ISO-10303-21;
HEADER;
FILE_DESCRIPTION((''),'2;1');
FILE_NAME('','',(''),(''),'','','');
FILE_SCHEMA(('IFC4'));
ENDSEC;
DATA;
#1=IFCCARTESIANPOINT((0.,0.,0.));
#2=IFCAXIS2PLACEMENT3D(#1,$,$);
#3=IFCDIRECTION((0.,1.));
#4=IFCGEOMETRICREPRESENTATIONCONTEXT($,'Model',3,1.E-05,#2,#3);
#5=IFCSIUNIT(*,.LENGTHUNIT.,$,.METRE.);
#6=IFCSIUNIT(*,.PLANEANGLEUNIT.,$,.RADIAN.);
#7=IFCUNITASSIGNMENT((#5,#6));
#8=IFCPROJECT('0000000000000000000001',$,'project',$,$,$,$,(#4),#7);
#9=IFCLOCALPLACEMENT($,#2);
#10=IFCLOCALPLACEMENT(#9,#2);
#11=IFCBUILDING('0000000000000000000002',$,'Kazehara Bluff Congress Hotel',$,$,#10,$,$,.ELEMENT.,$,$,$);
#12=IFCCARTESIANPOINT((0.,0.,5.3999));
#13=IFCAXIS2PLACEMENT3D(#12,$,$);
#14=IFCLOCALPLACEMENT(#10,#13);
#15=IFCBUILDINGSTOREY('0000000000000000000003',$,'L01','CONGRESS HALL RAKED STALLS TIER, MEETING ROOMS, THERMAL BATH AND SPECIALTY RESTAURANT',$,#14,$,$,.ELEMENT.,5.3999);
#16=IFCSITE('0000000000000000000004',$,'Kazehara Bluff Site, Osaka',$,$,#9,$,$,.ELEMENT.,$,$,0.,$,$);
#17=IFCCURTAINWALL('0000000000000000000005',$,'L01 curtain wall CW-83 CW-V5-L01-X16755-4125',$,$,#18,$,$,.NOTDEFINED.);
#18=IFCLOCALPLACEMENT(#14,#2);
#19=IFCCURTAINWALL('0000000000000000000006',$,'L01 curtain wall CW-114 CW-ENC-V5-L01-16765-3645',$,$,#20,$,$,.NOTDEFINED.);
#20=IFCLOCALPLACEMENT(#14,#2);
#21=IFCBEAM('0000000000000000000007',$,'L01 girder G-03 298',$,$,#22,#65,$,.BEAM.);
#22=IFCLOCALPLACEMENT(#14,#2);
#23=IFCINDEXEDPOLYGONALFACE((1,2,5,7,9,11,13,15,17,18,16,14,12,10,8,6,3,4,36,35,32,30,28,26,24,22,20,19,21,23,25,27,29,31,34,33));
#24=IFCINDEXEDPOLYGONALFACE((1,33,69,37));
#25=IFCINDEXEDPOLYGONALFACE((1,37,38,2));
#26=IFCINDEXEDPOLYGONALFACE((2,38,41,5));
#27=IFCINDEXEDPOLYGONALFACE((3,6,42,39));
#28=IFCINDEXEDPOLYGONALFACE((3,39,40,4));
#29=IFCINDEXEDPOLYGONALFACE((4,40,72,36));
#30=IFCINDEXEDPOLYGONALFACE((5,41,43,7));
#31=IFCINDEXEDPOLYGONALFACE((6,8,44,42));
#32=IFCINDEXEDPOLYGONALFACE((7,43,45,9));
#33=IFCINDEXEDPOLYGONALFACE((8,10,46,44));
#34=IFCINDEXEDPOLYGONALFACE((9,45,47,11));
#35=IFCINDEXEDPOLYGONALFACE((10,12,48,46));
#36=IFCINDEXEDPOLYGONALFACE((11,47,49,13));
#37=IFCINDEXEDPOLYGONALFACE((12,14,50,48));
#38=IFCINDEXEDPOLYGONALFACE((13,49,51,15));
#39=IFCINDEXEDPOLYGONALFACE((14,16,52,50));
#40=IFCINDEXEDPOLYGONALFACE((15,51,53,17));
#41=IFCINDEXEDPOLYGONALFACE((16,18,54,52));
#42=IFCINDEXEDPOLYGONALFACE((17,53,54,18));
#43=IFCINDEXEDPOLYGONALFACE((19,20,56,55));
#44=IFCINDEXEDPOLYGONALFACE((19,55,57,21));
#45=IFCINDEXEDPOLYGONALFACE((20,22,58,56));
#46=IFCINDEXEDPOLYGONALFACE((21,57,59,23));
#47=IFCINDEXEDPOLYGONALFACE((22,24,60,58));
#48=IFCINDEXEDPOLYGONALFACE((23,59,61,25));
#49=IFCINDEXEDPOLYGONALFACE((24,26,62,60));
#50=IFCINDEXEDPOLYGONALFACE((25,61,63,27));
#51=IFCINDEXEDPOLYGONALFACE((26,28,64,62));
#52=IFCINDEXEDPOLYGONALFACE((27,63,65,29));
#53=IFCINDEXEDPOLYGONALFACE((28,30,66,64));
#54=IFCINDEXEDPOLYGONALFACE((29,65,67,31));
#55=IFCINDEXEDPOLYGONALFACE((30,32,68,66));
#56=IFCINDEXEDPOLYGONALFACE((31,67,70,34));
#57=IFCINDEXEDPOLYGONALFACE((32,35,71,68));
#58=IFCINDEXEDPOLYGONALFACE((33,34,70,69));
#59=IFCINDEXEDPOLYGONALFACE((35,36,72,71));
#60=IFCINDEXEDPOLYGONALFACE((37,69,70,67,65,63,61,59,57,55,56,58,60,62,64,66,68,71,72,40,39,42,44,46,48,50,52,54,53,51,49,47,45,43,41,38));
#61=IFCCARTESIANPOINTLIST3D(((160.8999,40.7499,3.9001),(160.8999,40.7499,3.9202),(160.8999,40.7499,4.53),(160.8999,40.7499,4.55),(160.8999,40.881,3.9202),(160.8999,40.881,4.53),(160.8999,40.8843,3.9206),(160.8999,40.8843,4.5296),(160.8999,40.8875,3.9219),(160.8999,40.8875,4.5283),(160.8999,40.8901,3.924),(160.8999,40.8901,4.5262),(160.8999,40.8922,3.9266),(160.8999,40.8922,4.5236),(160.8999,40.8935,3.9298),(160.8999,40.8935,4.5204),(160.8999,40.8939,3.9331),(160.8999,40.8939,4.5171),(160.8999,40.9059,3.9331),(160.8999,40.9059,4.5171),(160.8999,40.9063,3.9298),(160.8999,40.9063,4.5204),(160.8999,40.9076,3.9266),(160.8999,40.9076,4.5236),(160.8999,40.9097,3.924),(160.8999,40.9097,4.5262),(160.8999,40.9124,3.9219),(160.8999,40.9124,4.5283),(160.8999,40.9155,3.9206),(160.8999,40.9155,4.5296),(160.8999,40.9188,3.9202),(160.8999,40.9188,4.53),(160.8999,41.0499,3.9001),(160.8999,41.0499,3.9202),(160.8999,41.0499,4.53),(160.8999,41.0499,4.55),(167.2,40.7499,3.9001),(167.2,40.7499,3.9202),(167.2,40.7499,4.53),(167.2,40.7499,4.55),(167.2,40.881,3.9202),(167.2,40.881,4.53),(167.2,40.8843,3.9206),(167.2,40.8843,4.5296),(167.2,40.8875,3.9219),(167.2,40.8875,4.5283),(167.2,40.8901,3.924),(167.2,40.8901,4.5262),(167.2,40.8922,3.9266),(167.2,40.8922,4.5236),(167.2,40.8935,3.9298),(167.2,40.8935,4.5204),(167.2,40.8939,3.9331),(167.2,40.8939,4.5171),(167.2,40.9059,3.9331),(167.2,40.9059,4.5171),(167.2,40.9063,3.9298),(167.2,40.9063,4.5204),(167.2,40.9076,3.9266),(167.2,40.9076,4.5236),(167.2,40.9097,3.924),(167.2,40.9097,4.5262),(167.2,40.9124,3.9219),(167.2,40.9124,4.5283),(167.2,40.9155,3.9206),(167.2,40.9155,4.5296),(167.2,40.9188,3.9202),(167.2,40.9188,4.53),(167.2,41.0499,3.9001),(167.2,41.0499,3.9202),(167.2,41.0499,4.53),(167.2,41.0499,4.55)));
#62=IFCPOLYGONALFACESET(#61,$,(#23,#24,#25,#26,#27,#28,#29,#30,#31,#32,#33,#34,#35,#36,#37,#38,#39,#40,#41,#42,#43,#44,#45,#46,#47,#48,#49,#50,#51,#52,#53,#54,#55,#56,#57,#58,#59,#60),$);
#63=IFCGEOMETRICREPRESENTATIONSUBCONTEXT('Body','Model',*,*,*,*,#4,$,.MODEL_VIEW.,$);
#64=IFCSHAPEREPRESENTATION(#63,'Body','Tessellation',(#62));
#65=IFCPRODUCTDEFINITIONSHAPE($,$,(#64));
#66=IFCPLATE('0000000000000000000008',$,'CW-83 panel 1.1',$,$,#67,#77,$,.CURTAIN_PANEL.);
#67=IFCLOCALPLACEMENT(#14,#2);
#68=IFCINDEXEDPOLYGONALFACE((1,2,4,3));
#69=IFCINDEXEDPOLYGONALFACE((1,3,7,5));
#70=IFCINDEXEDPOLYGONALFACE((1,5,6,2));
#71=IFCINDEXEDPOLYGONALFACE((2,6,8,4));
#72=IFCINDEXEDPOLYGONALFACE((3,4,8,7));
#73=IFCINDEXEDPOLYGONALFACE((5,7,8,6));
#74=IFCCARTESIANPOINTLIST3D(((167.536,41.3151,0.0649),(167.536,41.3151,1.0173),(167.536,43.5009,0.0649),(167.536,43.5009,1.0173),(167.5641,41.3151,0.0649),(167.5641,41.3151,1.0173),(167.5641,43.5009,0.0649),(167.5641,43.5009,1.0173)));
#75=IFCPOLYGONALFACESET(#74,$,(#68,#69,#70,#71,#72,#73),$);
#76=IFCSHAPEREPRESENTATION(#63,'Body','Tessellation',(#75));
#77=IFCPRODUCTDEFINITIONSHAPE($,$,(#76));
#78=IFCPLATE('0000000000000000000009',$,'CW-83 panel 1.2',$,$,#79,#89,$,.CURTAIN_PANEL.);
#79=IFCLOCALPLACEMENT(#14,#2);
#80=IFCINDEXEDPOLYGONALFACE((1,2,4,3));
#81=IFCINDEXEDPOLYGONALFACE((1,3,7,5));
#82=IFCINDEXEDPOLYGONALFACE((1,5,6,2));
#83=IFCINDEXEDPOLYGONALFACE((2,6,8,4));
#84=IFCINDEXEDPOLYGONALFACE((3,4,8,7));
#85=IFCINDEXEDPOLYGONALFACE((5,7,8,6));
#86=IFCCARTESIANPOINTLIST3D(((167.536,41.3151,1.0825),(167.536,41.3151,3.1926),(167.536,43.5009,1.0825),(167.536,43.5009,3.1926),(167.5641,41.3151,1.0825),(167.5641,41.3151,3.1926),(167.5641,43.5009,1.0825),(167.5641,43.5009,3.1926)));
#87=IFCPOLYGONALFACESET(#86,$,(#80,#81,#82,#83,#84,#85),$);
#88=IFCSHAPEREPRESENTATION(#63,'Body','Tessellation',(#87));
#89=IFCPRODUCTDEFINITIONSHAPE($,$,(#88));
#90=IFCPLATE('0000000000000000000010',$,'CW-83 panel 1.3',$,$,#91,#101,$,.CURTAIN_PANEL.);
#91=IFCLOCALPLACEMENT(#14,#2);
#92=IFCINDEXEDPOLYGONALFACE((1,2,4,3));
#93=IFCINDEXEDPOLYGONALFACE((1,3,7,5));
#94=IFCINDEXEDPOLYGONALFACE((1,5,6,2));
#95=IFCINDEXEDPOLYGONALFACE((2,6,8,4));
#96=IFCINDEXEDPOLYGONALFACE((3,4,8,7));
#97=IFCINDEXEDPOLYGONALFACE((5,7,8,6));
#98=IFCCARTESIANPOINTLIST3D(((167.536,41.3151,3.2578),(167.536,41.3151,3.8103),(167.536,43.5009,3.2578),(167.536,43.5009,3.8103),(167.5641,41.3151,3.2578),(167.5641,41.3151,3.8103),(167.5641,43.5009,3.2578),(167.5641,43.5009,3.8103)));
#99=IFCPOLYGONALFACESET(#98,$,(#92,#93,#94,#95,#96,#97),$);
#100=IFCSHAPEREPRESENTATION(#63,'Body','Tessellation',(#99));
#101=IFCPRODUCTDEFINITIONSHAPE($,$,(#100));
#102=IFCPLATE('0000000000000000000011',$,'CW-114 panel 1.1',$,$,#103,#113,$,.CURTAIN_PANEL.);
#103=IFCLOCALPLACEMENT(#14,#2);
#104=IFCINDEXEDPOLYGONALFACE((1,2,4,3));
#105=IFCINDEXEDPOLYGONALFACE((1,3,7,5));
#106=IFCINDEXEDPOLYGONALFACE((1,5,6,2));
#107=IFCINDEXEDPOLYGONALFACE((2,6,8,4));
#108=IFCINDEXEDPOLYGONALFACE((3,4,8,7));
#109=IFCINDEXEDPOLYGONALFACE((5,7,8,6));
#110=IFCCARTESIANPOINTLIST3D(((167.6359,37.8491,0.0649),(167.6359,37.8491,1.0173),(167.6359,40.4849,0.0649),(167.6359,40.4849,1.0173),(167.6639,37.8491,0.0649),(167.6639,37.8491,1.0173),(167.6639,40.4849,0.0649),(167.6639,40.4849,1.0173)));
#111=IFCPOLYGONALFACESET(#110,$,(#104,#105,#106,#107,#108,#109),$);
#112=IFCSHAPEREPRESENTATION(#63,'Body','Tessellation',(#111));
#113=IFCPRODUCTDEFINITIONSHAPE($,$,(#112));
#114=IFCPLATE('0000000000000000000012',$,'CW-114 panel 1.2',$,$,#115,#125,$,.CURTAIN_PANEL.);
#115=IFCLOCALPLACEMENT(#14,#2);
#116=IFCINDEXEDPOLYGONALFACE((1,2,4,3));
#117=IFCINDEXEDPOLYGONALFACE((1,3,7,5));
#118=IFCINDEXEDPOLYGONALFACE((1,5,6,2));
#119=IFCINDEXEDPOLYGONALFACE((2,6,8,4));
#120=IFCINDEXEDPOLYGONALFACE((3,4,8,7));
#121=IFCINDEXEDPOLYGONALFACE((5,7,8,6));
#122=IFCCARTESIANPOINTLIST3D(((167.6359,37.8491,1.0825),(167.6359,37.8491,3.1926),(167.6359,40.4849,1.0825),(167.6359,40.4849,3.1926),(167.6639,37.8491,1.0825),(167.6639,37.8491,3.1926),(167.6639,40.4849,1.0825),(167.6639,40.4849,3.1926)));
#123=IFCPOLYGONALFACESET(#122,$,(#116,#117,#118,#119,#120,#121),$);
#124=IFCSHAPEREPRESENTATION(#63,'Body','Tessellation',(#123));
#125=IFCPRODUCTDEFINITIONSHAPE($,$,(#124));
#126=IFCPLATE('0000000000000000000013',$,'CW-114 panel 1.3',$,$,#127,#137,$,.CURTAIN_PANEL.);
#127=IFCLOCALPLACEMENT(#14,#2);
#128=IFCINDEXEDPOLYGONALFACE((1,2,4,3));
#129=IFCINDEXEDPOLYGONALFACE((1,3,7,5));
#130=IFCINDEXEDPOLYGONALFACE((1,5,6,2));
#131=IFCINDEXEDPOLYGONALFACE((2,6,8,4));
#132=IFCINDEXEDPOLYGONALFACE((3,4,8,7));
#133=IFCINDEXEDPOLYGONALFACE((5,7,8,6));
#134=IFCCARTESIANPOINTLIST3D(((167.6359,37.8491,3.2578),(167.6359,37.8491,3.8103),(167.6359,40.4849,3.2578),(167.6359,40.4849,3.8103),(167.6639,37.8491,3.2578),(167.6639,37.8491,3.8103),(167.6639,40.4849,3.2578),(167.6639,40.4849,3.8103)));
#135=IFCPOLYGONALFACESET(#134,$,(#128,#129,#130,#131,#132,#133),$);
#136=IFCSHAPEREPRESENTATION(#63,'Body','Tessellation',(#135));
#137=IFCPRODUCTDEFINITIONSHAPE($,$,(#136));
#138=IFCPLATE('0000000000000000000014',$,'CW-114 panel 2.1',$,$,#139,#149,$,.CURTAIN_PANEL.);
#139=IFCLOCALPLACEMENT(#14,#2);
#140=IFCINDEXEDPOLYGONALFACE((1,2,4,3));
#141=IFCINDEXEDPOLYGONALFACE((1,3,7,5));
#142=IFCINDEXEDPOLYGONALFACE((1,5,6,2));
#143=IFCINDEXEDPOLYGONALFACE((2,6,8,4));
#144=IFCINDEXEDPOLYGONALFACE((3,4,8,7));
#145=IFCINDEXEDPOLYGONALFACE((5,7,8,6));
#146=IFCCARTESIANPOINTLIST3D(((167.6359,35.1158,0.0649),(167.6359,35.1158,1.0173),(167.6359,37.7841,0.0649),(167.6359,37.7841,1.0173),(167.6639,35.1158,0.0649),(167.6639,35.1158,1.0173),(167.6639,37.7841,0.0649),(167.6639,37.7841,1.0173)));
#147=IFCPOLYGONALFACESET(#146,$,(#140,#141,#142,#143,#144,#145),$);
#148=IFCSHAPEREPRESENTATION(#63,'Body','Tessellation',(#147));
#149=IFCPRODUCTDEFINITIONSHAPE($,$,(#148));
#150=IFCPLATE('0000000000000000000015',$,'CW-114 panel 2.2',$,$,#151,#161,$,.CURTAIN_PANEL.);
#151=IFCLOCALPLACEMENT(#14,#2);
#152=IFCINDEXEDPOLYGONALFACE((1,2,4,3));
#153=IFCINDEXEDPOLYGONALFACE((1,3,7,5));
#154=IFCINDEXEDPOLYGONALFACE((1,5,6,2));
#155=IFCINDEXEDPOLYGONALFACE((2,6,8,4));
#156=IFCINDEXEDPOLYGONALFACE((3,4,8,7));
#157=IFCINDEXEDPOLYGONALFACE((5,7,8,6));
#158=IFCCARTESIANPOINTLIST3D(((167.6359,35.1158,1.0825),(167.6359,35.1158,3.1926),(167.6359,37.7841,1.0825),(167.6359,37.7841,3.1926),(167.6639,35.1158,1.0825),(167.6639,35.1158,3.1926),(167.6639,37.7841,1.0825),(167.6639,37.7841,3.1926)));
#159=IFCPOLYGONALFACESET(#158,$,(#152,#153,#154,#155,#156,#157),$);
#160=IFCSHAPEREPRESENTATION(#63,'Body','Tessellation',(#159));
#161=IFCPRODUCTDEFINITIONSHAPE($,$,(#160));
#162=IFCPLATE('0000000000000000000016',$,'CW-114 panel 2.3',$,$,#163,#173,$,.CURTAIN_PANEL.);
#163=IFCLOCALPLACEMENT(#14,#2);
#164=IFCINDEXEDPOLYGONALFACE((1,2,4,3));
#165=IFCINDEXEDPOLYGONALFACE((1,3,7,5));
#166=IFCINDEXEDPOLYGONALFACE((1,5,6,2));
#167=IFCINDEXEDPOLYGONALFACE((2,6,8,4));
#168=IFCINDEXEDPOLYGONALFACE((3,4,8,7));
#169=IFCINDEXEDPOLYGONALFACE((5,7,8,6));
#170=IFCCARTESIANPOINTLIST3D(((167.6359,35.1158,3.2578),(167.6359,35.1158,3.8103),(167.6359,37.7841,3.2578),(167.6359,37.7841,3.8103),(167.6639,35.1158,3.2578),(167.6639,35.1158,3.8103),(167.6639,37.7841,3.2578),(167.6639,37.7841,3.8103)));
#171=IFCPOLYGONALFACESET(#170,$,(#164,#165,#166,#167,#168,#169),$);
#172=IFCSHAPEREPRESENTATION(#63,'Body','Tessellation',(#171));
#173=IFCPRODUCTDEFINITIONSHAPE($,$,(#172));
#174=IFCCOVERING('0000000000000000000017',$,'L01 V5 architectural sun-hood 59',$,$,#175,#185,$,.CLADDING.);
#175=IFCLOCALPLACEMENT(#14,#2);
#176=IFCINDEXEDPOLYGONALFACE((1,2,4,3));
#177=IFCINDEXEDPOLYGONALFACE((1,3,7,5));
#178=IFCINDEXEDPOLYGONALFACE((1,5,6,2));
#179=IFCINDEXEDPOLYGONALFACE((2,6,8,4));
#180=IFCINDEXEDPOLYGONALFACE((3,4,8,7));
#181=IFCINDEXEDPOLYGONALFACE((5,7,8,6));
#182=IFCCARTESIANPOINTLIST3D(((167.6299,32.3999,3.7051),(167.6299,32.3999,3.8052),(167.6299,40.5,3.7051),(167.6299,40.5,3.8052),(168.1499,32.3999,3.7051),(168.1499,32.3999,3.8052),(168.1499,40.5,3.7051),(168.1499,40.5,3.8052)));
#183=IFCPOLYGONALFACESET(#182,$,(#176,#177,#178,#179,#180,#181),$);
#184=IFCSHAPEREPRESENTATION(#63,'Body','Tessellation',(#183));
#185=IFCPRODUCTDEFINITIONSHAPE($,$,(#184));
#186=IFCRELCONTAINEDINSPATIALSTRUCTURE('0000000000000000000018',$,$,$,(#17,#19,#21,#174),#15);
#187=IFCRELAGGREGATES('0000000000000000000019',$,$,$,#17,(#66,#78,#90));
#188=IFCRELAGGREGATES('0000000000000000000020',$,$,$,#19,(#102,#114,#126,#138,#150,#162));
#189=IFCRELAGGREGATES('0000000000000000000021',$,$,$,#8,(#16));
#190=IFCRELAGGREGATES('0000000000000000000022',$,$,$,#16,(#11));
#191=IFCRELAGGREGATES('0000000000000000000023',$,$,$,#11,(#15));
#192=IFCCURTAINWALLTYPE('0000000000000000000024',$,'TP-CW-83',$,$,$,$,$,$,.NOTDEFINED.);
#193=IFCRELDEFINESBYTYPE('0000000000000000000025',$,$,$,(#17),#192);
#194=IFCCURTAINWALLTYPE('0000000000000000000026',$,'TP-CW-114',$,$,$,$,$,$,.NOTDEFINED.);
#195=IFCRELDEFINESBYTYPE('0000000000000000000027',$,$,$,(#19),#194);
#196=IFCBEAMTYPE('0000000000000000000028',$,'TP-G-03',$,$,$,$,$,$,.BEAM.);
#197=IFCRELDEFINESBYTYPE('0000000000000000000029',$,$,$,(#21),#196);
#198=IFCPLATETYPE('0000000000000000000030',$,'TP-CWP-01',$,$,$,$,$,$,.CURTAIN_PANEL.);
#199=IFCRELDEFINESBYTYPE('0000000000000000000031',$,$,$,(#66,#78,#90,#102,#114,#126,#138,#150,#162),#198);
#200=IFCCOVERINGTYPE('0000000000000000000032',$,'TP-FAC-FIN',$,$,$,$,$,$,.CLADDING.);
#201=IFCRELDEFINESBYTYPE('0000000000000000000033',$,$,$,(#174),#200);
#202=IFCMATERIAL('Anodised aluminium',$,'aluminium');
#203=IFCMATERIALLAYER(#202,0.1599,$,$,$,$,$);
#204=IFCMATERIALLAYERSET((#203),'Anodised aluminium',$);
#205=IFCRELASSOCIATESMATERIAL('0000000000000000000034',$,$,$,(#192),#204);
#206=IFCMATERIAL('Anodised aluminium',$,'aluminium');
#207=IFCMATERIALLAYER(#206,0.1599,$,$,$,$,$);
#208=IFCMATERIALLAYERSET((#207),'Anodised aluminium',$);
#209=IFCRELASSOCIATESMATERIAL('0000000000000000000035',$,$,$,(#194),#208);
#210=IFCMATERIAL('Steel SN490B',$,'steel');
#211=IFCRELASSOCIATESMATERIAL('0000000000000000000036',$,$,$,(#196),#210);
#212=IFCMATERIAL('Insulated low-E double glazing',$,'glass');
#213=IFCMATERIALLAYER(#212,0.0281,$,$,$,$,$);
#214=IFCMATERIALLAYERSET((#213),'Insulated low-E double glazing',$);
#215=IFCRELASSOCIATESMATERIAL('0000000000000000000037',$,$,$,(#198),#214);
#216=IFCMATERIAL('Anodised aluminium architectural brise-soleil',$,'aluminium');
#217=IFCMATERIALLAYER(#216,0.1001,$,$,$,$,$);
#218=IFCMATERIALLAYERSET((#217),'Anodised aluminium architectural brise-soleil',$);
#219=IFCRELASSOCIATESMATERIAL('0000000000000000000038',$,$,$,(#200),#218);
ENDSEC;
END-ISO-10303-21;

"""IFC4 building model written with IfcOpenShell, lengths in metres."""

from ifc_helpers import new_model, si_unit, direction, frame, origin, origin_2d, place, context, subcontext, project, spatial, rectangle, i_section, extrude, material, layer, layer_set, material_profile, profile_set, type_object, element, aggregate, save


model = new_model("IFC4")

# Units and contexts
model_context = context("Model", 3, precision=1e-05, world=origin(), true_north=direction((0.0, 1.0)))
body_context = subcontext(model_context, "Body", "Model", "MODEL_VIEW")
ifc_project = project(units=[si_unit("LENGTHUNIT", "METRE"), si_unit("PLANEANGLEUNIT", "RADIAN")], contexts=[model_context])

# Site, building, storey
site_placement = place(None, origin())
site = spatial("IfcSite", under=ifc_project, at=site_placement, Name="Kazehara Bluff Site, Osaka", CompositionType="ELEMENT", RefElevation=0.0)
building_placement = place(site_placement, origin())
building = spatial("IfcBuilding", under=site, at=building_placement, Name="Kazehara Bluff Congress Hotel", CompositionType="ELEMENT")
storey_placement = place(building_placement, frame((0.0, 0.0, 5.3999)))
storey = spatial("IfcBuildingStorey", under=building, at=storey_placement, Name="L01", Description="CONGRESS HALL RAKED STALLS TIER, MEETING ROOMS, THERMAL BATH AND SPECIALTY RESTAURANT", CompositionType="ELEMENT", Elevation=5.3999)

# Curtain walls
ifc_material_1 = material(Name="Anodised aluminium", Category="aluminium")
ifc_layer_1 = layer(ifc_material_1, 0.1599)
ifc_layer_set_1 = layer_set([ifc_layer_1], Name="Anodised aluminium")
curtain_wall_type_1 = type_object("IfcCurtainWallType", Name="TP-CW-83", PredefinedType="NOTDEFINED", material=ifc_layer_set_1)
curtain_wall_1_placement = place(storey_placement, origin())
curtain_wall_1 = element("IfcCurtainWall", 1, at=curtain_wall_1_placement, inside=storey, type_object=curtain_wall_type_1, Name="L01 curtain wall CW-83 CW-V5-L01-X16755-4125", PredefinedType="NOTDEFINED")
ifc_material_2 = material(Name="Anodised aluminium", Category="aluminium")
ifc_layer_2 = layer(ifc_material_2, 0.1599)
ifc_layer_set_2 = layer_set([ifc_layer_2], Name="Anodised aluminium")
curtain_wall_type_2 = type_object("IfcCurtainWallType", Name="TP-CW-114", PredefinedType="NOTDEFINED", material=ifc_layer_set_2)
curtain_wall_2_placement = place(storey_placement, origin())
curtain_wall_2 = element("IfcCurtainWall", 2, at=curtain_wall_2_placement, inside=storey, type_object=curtain_wall_type_2, Name="L01 curtain wall CW-114 CW-ENC-V5-L01-16765-3645", PredefinedType="NOTDEFINED")

# Beam
ifc_material_3 = material(Name="Steel SN490B", Category="steel")
ifc_material_profile_1 = material_profile(ifc_material_3, i_section(OverallWidth=0.3, OverallDepth=0.6499, WebThickness=0.012, FlangeThickness=0.02, FilletRadius=0.0129, at=origin_2d()))
ifc_profile_set_1 = profile_set([ifc_material_profile_1], Name="Steel SN490B")
beam_type = type_object("IfcBeamType", Name="TP-G-03", PredefinedType="BEAM", material=ifc_profile_set_1)
beam_1_placement = place(storey_placement, frame((160.8999, 40.8999, 4.2251), z_axis=(1.0, 0.0, 0.0), x_axis=(0.0, 1.0, 0.0)))
element("IfcBeam", 3, at=beam_1_placement, inside=storey, type_object=beam_type, Name="L01 girder G-03 298", PredefinedType="BEAM", context=body_context, shape_type="SweptSolid", body=[
    extrude(i_section(OverallWidth=0.3, OverallDepth=0.6499, WebThickness=0.012, FlangeThickness=0.02, FilletRadius=0.0129, at=origin_2d()), origin(), (0.0, 0.0, 1.0), 6.3),
])

# Plates
ifc_material_4 = material(Name="Insulated low-E double glazing", Category="glass")
ifc_layer_3 = layer(ifc_material_4, 0.0281)
ifc_layer_set_3 = layer_set([ifc_layer_3], Name="Insulated low-E double glazing")
plate_type = type_object("IfcPlateType", Name="TP-CWP-01", PredefinedType="CURTAIN_PANEL", material=ifc_layer_set_3)
plate_1_placement = place(storey_placement, frame((167.55, 42.408, 0.0649), z_axis=(0.0, 0.0, 1.0), x_axis=(0.0, 1.0, 0.0)))
plate_1 = element("IfcPlate", 4, at=plate_1_placement, type_object=plate_type, Name="CW-83 panel 1.1", PredefinedType="CURTAIN_PANEL", context=body_context, shape_type="SweptSolid", body=[
    extrude(rectangle(XDim=2.1858, YDim=0.0281, at=origin_2d()), origin(), (0.0, 0.0, 1.0), 0.9524),
])
plate_2_placement = place(storey_placement, frame((167.55, 42.408, 1.0825), z_axis=(0.0, 0.0, 1.0), x_axis=(0.0, 1.0, 0.0)))
plate_2 = element("IfcPlate", 5, at=plate_2_placement, type_object=plate_type, Name="CW-83 panel 1.2", PredefinedType="CURTAIN_PANEL", context=body_context, shape_type="SweptSolid", body=[
    extrude(rectangle(XDim=2.1858, YDim=0.0281, at=origin_2d()), origin(), (0.0, 0.0, 1.0), 2.1101),
])
plate_3_placement = place(storey_placement, frame((167.55, 42.408, 3.2578), z_axis=(0.0, 0.0, 1.0), x_axis=(0.0, 1.0, 0.0)))
plate_3 = element("IfcPlate", 6, at=plate_3_placement, type_object=plate_type, Name="CW-83 panel 1.3", PredefinedType="CURTAIN_PANEL", context=body_context, shape_type="SweptSolid", body=[
    extrude(rectangle(XDim=2.1858, YDim=0.0281, at=origin_2d()), origin(), (0.0, 0.0, 1.0), 0.5525),
])
aggregate(curtain_wall_1, [plate_1, plate_2, plate_3])
plate_4_placement = place(storey_placement, frame((167.6499, 39.167, 0.0649), z_axis=(0.0, 0.0, 1.0), x_axis=(0.0, -1.0, 0.0)))
plate_4 = element("IfcPlate", 7, at=plate_4_placement, type_object=plate_type, Name="CW-114 panel 1.1", PredefinedType="CURTAIN_PANEL", context=body_context, shape_type="SweptSolid", body=[
    extrude(rectangle(XDim=2.6357, YDim=0.0281, at=origin_2d()), origin(), (0.0, 0.0, 1.0), 0.9524),
])
plate_5_placement = place(storey_placement, frame((167.6499, 39.167, 1.0825), z_axis=(0.0, 0.0, 1.0), x_axis=(0.0, -1.0, 0.0)))
plate_5 = element("IfcPlate", 8, at=plate_5_placement, type_object=plate_type, Name="CW-114 panel 1.2", PredefinedType="CURTAIN_PANEL", context=body_context, shape_type="SweptSolid", body=[
    extrude(rectangle(XDim=2.6357, YDim=0.0281, at=origin_2d()), origin(), (0.0, 0.0, 1.0), 2.1101),
])
plate_6_placement = place(storey_placement, frame((167.6499, 39.167, 3.2578), z_axis=(0.0, 0.0, 1.0), x_axis=(0.0, -1.0, 0.0)))
plate_6 = element("IfcPlate", 9, at=plate_6_placement, type_object=plate_type, Name="CW-114 panel 1.3", PredefinedType="CURTAIN_PANEL", context=body_context, shape_type="SweptSolid", body=[
    extrude(rectangle(XDim=2.6357, YDim=0.0281, at=origin_2d()), origin(), (0.0, 0.0, 1.0), 0.5525),
])
plate_7_placement = place(storey_placement, frame((167.6499, 36.45, 0.0649), z_axis=(0.0, 0.0, 1.0), x_axis=(0.0, -1.0, 0.0)))
plate_7 = element("IfcPlate", 10, at=plate_7_placement, type_object=plate_type, Name="CW-114 panel 2.1", PredefinedType="CURTAIN_PANEL", context=body_context, shape_type="SweptSolid", body=[
    extrude(rectangle(XDim=2.6682, YDim=0.0281, at=origin_2d()), origin(), (0.0, 0.0, 1.0), 0.9524),
])
plate_8_placement = place(storey_placement, frame((167.6499, 36.45, 1.0825), z_axis=(0.0, 0.0, 1.0), x_axis=(0.0, -1.0, 0.0)))
plate_8 = element("IfcPlate", 11, at=plate_8_placement, type_object=plate_type, Name="CW-114 panel 2.2", PredefinedType="CURTAIN_PANEL", context=body_context, shape_type="SweptSolid", body=[
    extrude(rectangle(XDim=2.6682, YDim=0.0281, at=origin_2d()), origin(), (0.0, 0.0, 1.0), 2.1101),
])
plate_9_placement = place(storey_placement, frame((167.6499, 36.45, 3.2578), z_axis=(0.0, 0.0, 1.0), x_axis=(0.0, -1.0, 0.0)))
plate_9 = element("IfcPlate", 12, at=plate_9_placement, type_object=plate_type, Name="CW-114 panel 2.3", PredefinedType="CURTAIN_PANEL", context=body_context, shape_type="SweptSolid", body=[
    extrude(rectangle(XDim=2.6682, YDim=0.0281, at=origin_2d()), origin(), (0.0, 0.0, 1.0), 0.5525),
])
aggregate(curtain_wall_2, [plate_4, plate_5, plate_6, plate_7, plate_8, plate_9])

# Covering
ifc_material_5 = material(Name="Anodised aluminium architectural brise-soleil", Category="aluminium")
ifc_layer_4 = layer(ifc_material_5, 0.1001)
ifc_layer_set_4 = layer_set([ifc_layer_4], Name="Anodised aluminium architectural brise-soleil")
covering_type = type_object("IfcCoveringType", Name="TP-FAC-FIN", PredefinedType="CLADDING", material=ifc_layer_set_4)
covering_placement = place(storey_placement, frame((167.8899, 36.45, 3.7051), z_axis=(0.0, 0.0, 1.0), x_axis=(1.0, 0.0, 0.0)))
element("IfcCovering", 13, at=covering_placement, inside=storey, type_object=covering_type, Name="L01 V5 architectural sun-hood 59", PredefinedType="CLADDING", context=body_context, shape_type="SweptSolid", body=[
    extrude(rectangle(XDim=0.52, YDim=8.1001, at=origin_2d()), origin(), (0.0, 0.0, 1.0), 0.1001),
])

save(model, "model.ifc")
